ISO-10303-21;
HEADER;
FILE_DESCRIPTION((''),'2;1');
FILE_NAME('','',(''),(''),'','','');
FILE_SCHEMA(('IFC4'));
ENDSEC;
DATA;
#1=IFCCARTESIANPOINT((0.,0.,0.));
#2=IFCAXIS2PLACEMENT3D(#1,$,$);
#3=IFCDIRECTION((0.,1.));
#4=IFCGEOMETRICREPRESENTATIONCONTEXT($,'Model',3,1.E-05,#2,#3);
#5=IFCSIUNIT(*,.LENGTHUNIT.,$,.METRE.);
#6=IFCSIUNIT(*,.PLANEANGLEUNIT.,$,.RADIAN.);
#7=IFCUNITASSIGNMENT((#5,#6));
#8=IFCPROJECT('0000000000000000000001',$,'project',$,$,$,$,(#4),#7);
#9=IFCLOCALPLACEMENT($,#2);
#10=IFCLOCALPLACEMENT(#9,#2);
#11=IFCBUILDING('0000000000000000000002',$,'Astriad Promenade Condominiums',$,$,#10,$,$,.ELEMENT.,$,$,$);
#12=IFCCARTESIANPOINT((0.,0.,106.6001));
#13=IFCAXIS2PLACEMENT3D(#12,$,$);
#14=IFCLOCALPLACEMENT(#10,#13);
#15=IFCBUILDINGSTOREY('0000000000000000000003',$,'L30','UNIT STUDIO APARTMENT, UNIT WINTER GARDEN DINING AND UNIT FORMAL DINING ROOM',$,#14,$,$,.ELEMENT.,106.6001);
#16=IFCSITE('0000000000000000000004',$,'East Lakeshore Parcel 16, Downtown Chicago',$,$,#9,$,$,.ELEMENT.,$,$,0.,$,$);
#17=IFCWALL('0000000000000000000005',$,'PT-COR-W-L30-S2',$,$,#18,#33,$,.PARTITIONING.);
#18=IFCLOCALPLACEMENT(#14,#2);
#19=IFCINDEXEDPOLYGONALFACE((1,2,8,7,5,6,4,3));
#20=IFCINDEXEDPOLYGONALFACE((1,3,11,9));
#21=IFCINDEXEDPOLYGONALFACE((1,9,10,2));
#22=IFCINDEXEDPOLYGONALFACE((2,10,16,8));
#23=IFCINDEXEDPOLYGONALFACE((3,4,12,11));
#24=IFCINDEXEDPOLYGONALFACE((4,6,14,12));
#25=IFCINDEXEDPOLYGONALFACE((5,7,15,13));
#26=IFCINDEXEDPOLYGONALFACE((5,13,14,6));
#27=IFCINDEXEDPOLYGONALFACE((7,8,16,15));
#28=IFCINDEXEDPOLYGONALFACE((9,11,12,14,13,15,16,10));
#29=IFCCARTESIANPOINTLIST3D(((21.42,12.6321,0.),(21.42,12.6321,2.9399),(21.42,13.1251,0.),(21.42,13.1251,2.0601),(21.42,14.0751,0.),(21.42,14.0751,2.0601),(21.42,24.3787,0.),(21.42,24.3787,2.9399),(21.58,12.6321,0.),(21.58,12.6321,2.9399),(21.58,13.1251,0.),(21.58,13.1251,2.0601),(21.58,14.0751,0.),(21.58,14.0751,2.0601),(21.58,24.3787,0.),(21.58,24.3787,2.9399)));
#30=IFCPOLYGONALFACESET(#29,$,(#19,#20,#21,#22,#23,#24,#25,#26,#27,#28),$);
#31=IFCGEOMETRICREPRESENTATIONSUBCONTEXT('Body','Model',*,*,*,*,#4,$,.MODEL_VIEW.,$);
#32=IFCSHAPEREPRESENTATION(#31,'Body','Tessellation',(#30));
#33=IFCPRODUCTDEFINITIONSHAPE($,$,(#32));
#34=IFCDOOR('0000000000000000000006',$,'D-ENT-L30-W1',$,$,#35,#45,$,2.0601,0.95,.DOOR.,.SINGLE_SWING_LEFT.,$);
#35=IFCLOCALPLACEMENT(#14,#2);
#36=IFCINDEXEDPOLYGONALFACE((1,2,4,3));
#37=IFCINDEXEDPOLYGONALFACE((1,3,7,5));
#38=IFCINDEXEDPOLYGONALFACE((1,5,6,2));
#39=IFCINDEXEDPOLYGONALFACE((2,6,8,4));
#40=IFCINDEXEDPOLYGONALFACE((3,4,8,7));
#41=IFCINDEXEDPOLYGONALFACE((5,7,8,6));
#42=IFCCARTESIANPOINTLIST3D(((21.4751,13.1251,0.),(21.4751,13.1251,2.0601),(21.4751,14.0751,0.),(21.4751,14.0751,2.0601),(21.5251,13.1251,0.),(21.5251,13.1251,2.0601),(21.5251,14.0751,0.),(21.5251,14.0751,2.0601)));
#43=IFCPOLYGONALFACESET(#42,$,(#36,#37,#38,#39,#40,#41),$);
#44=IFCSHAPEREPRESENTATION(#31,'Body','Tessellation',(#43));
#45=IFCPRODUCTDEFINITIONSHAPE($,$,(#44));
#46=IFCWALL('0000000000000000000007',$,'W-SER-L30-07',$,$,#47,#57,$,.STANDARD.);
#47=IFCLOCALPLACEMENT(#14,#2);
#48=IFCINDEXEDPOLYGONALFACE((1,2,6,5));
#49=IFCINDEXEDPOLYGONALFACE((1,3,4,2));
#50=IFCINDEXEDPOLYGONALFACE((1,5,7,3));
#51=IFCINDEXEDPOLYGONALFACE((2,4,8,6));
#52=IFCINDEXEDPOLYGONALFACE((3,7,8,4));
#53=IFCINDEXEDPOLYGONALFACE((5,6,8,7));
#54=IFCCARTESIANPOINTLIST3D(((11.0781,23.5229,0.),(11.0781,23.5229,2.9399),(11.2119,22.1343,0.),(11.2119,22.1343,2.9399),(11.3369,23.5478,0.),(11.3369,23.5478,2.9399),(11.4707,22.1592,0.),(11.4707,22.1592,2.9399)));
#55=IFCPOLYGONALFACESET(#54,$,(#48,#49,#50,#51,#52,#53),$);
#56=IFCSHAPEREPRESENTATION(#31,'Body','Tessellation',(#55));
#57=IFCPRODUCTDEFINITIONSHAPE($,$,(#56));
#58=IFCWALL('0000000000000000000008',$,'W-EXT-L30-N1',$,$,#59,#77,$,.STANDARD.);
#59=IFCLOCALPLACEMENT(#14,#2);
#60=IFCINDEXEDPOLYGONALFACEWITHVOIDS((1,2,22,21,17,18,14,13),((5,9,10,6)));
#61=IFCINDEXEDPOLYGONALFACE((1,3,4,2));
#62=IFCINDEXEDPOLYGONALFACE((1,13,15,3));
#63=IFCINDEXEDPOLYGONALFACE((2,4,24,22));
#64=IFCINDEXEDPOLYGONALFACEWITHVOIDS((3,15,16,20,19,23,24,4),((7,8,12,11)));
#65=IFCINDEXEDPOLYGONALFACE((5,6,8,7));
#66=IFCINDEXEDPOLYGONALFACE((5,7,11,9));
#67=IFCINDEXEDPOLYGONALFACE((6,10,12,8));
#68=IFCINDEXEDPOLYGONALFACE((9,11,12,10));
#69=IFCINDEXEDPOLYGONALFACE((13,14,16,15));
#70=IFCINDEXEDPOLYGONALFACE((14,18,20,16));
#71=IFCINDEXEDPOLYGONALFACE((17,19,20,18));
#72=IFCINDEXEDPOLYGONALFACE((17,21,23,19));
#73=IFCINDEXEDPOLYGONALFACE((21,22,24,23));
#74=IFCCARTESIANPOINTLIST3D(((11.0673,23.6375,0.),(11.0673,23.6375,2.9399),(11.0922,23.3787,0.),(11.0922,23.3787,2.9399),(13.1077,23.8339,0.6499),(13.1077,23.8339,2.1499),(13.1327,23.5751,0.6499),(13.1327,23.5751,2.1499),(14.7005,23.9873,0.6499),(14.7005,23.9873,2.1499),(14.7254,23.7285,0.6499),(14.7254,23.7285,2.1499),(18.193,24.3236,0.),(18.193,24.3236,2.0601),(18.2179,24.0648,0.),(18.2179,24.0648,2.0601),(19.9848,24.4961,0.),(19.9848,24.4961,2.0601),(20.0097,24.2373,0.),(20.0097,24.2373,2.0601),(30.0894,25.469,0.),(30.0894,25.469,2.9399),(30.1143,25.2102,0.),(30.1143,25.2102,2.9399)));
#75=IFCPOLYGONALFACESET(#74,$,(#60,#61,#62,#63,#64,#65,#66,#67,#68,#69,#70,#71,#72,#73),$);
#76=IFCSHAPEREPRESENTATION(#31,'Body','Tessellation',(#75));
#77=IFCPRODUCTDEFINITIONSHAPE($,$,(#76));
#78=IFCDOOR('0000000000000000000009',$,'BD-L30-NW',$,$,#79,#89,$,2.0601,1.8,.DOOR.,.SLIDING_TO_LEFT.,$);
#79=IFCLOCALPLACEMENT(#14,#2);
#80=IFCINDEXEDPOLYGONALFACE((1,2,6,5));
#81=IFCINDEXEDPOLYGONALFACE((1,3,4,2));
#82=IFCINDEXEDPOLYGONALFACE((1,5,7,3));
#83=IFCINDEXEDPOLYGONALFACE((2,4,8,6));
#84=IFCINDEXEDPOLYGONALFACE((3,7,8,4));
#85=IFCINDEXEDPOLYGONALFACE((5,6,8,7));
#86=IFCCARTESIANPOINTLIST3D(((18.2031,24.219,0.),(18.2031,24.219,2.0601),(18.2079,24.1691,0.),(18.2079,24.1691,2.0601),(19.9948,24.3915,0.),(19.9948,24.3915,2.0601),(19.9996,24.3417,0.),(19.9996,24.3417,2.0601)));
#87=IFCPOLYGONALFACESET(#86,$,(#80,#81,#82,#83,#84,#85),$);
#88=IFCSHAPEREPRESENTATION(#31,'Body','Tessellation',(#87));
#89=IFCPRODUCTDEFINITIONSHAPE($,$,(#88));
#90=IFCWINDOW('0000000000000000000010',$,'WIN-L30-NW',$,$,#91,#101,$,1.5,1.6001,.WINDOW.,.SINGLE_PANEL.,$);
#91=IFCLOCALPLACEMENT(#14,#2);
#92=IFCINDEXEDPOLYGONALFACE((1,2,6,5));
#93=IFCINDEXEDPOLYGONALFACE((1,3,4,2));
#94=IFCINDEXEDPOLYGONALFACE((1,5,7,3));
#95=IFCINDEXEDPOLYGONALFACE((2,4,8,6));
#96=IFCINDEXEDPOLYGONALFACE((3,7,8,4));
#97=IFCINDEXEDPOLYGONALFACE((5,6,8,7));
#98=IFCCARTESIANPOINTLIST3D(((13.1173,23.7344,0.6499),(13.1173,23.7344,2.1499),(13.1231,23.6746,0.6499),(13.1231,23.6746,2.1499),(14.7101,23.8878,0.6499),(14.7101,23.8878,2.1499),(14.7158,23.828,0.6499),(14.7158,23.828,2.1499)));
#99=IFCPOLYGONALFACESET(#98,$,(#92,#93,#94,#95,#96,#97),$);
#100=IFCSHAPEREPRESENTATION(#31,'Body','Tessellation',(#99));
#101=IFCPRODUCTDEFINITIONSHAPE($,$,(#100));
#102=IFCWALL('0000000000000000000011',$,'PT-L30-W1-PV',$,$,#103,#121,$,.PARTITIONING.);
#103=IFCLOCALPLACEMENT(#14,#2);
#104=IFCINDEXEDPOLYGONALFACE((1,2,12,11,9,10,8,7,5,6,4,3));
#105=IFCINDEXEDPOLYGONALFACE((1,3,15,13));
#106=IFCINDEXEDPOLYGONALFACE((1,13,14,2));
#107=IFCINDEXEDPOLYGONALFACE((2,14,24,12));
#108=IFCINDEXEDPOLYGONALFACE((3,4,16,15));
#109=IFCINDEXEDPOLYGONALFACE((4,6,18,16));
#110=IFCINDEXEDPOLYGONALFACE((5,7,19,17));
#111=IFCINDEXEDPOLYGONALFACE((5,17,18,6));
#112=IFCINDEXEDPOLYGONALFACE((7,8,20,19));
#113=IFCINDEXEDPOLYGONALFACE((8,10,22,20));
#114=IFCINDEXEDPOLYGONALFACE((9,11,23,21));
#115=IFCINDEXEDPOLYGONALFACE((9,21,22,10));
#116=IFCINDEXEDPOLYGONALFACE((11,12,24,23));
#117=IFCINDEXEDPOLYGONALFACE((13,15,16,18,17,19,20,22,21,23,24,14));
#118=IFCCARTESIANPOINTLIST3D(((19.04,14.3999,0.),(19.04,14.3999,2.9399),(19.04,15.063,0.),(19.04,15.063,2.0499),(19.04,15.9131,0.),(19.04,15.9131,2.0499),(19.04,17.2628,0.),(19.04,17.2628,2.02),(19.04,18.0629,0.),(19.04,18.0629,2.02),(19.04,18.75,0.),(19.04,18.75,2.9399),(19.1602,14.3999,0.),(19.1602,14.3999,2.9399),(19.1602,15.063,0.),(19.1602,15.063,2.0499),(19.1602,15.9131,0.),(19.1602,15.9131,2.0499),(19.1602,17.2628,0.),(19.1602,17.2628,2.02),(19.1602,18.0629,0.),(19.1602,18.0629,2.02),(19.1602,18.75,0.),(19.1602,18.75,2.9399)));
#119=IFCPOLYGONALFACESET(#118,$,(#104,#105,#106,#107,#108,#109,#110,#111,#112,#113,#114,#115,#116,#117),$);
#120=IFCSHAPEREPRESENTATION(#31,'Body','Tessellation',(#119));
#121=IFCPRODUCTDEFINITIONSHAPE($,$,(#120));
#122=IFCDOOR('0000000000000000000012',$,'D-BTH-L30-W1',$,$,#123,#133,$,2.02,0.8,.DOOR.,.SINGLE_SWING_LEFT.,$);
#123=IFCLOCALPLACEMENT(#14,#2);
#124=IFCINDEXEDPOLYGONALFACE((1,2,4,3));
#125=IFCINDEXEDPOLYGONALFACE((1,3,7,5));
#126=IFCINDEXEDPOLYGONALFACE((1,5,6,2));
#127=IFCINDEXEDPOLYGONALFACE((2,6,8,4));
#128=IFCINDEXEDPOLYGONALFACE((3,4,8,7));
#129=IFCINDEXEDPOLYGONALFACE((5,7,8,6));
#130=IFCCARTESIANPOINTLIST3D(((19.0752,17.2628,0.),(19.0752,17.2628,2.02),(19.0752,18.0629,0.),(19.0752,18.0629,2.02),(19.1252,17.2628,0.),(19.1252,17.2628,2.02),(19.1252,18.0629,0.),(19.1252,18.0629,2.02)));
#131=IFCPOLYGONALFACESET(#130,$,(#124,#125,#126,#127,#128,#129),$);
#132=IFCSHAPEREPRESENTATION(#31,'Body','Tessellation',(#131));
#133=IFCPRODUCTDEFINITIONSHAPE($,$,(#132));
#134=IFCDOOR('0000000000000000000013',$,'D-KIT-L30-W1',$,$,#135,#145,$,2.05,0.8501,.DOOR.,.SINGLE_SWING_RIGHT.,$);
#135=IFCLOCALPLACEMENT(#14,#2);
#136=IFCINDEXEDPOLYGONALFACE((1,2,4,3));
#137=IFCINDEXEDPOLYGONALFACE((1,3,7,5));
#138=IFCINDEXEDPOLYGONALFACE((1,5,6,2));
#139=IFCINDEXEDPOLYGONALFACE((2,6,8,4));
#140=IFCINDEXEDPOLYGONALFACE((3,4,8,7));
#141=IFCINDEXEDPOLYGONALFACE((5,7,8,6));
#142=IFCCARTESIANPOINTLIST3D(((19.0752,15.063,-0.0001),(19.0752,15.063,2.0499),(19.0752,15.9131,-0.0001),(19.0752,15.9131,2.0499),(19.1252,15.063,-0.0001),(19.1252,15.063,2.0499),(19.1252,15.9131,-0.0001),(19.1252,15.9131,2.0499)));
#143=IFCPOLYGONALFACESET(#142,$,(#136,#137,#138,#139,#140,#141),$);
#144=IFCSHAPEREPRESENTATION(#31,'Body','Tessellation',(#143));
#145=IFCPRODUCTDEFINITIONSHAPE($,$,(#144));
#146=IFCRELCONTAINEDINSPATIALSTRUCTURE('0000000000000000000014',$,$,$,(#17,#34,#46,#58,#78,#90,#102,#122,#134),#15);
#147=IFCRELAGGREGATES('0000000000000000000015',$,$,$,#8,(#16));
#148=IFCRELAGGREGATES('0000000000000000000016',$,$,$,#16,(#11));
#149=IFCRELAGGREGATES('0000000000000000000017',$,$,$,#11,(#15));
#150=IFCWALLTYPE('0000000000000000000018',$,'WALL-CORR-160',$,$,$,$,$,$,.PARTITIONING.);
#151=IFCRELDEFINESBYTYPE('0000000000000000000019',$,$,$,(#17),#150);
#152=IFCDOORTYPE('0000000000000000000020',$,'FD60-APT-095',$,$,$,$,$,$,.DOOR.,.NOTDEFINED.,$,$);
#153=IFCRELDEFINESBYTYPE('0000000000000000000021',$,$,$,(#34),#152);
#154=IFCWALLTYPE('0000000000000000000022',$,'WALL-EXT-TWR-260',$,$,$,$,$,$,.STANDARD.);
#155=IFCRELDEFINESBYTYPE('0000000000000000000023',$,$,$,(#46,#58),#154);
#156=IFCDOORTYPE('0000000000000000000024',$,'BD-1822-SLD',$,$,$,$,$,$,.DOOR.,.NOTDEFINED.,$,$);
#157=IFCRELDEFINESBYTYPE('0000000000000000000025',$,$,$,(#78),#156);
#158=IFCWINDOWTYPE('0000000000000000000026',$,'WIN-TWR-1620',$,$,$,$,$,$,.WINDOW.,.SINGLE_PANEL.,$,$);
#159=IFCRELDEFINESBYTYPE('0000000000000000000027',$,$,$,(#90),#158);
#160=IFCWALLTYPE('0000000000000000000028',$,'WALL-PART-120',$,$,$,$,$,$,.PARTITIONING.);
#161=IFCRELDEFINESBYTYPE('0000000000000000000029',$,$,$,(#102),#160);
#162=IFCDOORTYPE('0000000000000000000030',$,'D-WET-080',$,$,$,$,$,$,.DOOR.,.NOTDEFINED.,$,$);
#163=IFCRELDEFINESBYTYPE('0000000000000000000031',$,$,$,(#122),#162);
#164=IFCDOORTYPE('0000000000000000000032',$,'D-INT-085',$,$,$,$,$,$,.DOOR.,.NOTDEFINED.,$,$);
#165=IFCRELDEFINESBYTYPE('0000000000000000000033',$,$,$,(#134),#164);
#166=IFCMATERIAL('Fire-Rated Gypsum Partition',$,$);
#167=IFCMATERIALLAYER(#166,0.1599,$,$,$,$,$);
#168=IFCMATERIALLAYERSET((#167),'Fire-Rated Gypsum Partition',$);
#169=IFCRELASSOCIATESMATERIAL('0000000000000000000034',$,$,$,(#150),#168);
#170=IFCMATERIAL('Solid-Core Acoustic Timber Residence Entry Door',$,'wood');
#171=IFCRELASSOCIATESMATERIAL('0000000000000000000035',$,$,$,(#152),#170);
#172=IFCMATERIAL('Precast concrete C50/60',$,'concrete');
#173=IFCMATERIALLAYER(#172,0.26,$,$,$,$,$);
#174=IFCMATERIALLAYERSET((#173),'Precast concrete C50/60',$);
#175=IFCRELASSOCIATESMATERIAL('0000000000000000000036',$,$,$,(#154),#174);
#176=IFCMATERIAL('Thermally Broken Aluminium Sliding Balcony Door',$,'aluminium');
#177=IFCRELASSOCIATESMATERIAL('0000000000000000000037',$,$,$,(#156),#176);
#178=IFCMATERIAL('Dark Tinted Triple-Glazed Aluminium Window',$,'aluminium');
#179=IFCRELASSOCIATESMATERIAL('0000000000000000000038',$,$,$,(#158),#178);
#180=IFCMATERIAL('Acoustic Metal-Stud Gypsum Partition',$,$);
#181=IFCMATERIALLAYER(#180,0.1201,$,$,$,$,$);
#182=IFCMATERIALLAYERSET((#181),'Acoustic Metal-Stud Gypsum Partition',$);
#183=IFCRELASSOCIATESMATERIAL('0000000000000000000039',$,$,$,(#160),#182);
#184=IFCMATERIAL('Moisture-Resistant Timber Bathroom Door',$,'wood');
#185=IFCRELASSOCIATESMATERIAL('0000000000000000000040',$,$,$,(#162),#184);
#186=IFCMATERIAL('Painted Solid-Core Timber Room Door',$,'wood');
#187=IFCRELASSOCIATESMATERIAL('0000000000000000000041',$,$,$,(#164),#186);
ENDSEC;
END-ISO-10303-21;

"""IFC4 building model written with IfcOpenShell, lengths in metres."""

from ifc_helpers import new_model, si_unit, direction, frame, frame_2d, origin, place, context, subcontext, project, spatial, rectangle, extrude, source, transform, mapped, material, layer, layer_set, type_object, type_shapes, element, fill, save


model = new_model("IFC4")

# Units and contexts
model_context = context("Model", 3, precision=1e-05, world=origin(), true_north=direction((0.0, 1.0)))
body_context = subcontext(model_context, "Body", "Model", "MODEL_VIEW")
ifc_project = project(units=[si_unit("LENGTHUNIT", "METRE"), si_unit("PLANEANGLEUNIT", "RADIAN")], contexts=[model_context])

# Site, building, storey
site_placement = place(None, origin())
site = spatial("IfcSite", under=ifc_project, at=site_placement, Name="East Lakeshore Parcel 16, Downtown Chicago", CompositionType="ELEMENT", RefElevation=0.0)
building_placement = place(site_placement, origin())
building = spatial("IfcBuilding", under=site, at=building_placement, Name="Astriad Promenade Condominiums", CompositionType="ELEMENT")
storey_placement = place(building_placement, frame((0.0, 0.0, 106.6001)))
storey = spatial("IfcBuildingStorey", under=building, at=storey_placement, Name="L30", Description="UNIT STUDIO APARTMENT, UNIT WINTER GARDEN DINING AND UNIT FORMAL DINING ROOM", CompositionType="ELEMENT", Elevation=106.6001)

# Shared definitions
ifc_material_1 = material(Name="Fire-Rated Gypsum Partition")
ifc_layer_1 = layer(ifc_material_1, 0.1599)
ifc_layer_set_1 = layer_set([ifc_layer_1], Name="Fire-Rated Gypsum Partition")
wall_type_1 = type_object("IfcWallType", Name="WALL-CORR-160", PredefinedType="PARTITIONING", material=ifc_layer_set_1)
ifc_material_2 = material(Name="Solid-Core Acoustic Timber Residence Entry Door", Category="wood")
door_type_1 = type_object("IfcDoorType", Name="FD60-APT-095", OperationType="NOTDEFINED", PredefinedType="DOOR", material=ifc_material_2)
shared_shape_1 = source(origin(), body_context, "Body", "SweptSolid", [
    extrude(rectangle(XDim=0.95, YDim=2.0601, at=frame_2d((0.4751, 1.03))), frame((0.0, 0.0249, 0.0), z_axis=(0.0, -1.0, 0.0), x_axis=(1.0, 0.0, 0.0)), (0.0, 0.0, 1.0), 0.05),
])
type_shapes(door_type_1, [shared_shape_1])

# Wall, opening, door
wall_1_placement = place(storey_placement, frame((21.5, 12.6321, 0.0), z_axis=(0.0, 0.0, 1.0), x_axis=(0.0, 1.0, 0.0)))
wall_1 = element("IfcWall", 1, at=wall_1_placement, inside=storey, type_object=wall_type_1, Name="PT-COR-W-L30-S2", PredefinedType="PARTITIONING", context=body_context, shape_type="SweptSolid", body=[
    extrude(rectangle(XDim=11.7466, YDim=0.1599, at=frame_2d((5.8733, 0.0))), origin(), (0.0, 0.0, 1.0), 2.9399),
])
opening_1_placement = place(wall_1_placement, frame((0.4929, 0.0, 0.0)))
opening_1 = element("IfcOpeningElement", 2, at=opening_1_placement, cuts=wall_1, PredefinedType="OPENING", context=body_context, shape_type="SweptSolid", body=[
    extrude(rectangle(XDim=0.95, YDim=2.0601, at=frame_2d((0.4751, 1.03))), frame((0.0, 0.0898, 0.0), z_axis=(0.0, -1.0, 0.0), x_axis=(1.0, 0.0, 0.0)), (0.0, 0.0, 1.0), 0.1799),
])
door_1_placement = place(opening_1_placement, origin())
door_1 = element("IfcDoor", 3, at=door_1_placement, inside=storey, type_object=door_type_1, Name="D-ENT-L30-W1", OperationType="SINGLE_SWING_LEFT", OverallHeight=2.0601, OverallWidth=0.95, PredefinedType="DOOR", context=body_context, shape_type="MappedRepresentation", body=[
    mapped(shared_shape_1, transform((0.0, 0.0, 0.0), scale=1.0)),
])
fill(opening_1, door_1)

# Wall
ifc_material_3 = material(Name="Precast concrete C50/60", Category="concrete")
ifc_layer_2 = layer(ifc_material_3, 0.26)
ifc_layer_set_2 = layer_set([ifc_layer_2], Name="Precast concrete C50/60")
wall_type_2 = type_object("IfcWallType", Name="WALL-EXT-TWR-260", PredefinedType="STANDARD", material=ifc_layer_set_2)
wall_2_placement = place(storey_placement, frame((11.3413, 22.1467, 0.0), z_axis=(0.0, 0.0, 1.0), x_axis=(-0.095899, 0.995391, 0.0)))
element("IfcWall", 4, at=wall_2_placement, inside=storey, type_object=wall_type_2, Name="W-SER-L30-07", PredefinedType="STANDARD", context=body_context, shape_type="SweptSolid", body=[
    extrude(rectangle(XDim=1.395, YDim=0.26, at=frame_2d((0.6975, 0.0))), origin(), (0.0, 0.0, 1.0), 2.9399),
])

# Wall, openings, door, window
wall_3_placement = place(storey_placement, frame((11.0796, 23.5081, 0.0), z_axis=(0.0, 0.0, 1.0), x_axis=(0.995397, 0.095841, 0.0)))
wall_3 = element("IfcWall", 5, at=wall_3_placement, inside=storey, type_object=wall_type_2, Name="W-EXT-L30-N1", PredefinedType="STANDARD", context=body_context, shape_type="SweptSolid", body=[
    extrude(rectangle(XDim=19.1101, YDim=0.26, at=frame_2d((9.5552, 0.0))), origin(), (0.0, 0.0, 1.0), 2.9399),
])
opening_2_placement = place(wall_3_placement, frame((7.1589, 0.0, 0.0)))
opening_2 = element("IfcOpeningElement", 6, at=opening_2_placement, cuts=wall_3, PredefinedType="OPENING", context=body_context, shape_type="SweptSolid", body=[
    extrude(rectangle(XDim=1.8, YDim=2.0601, at=frame_2d((0.8999, 1.03))), frame((0.0, 0.1399, 0.0), z_axis=(0.0, -1.0, 0.0), x_axis=(1.0, 0.0, 0.0)), (0.0, 0.0, 1.0), 0.28),
])
opening_3_placement = place(wall_3_placement, frame((2.05, 0.0, 0.6499)))
opening_3 = element("IfcOpeningElement", 7, at=opening_3_placement, cuts=wall_3, PredefinedType="OPENING", context=body_context, shape_type="SweptSolid", body=[
    extrude(rectangle(XDim=1.6001, YDim=1.5, at=frame_2d((0.8, 0.75))), frame((0.0, 0.1399, 0.0), z_axis=(0.0, -1.0, 0.0), x_axis=(1.0, 0.0, 0.0)), (0.0, 0.0, 1.0), 0.28),
])
ifc_material_4 = material(Name="Thermally Broken Aluminium Sliding Balcony Door", Category="aluminium")
door_type_2 = type_object("IfcDoorType", Name="BD-1822-SLD", OperationType="NOTDEFINED", PredefinedType="DOOR", material=ifc_material_4)
shared_shape_2 = source(origin(), body_context, "Body", "SweptSolid", [
    extrude(rectangle(XDim=1.8, YDim=2.0601, at=frame_2d((0.8999, 1.03))), frame((0.0, 0.0249, 0.0), z_axis=(0.0, -1.0, 0.0), x_axis=(1.0, 0.0, 0.0)), (0.0, 0.0, 1.0), 0.05),
])
type_shapes(door_type_2, [shared_shape_2])
door_2_placement = place(opening_2_placement, origin())
door_2 = element("IfcDoor", 8, at=door_2_placement, inside=storey, type_object=door_type_2, Name="BD-L30-NW", OperationType="SLIDING_TO_LEFT", OverallHeight=2.0601, OverallWidth=1.8, PredefinedType="DOOR", context=body_context, shape_type="MappedRepresentation", body=[
    mapped(shared_shape_2, transform((0.0, 0.0, 0.0), scale=1.0)),
])
fill(opening_2, door_2)
ifc_material_5 = material(Name="Dark Tinted Triple-Glazed Aluminium Window", Category="aluminium")
window_type = type_object("IfcWindowType", Name="WIN-TWR-1620", PartitioningType="SINGLE_PANEL", PredefinedType="WINDOW", material=ifc_material_5)
shared_shape_3 = source(origin(), body_context, "Body", "SweptSolid", [
    extrude(rectangle(XDim=1.6001, YDim=1.5, at=frame_2d((0.8, 0.75))), frame((0.0, 0.03, 0.0), z_axis=(0.0, -1.0, 0.0), x_axis=(1.0, 0.0, 0.0)), (0.0, 0.0, 1.0), 0.0601),
])
type_shapes(window_type, [shared_shape_3])
window_placement = place(opening_3_placement, origin())
window = element("IfcWindow", 9, at=window_placement, inside=storey, type_object=window_type, Name="WIN-L30-NW", OverallHeight=1.5, OverallWidth=1.6001, PartitioningType="SINGLE_PANEL", PredefinedType="WINDOW", context=body_context, shape_type="MappedRepresentation", body=[
    mapped(shared_shape_3, transform((0.0, 0.0, 0.0), scale=1.0)),
])
fill(opening_3, window)

# Wall, openings, doors
ifc_material_6 = material(Name="Acoustic Metal-Stud Gypsum Partition")
ifc_layer_3 = layer(ifc_material_6, 0.1201)
ifc_layer_set_3 = layer_set([ifc_layer_3], Name="Acoustic Metal-Stud Gypsum Partition")
wall_type_3 = type_object("IfcWallType", Name="WALL-PART-120", PredefinedType="PARTITIONING", material=ifc_layer_set_3)
wall_4_placement = place(storey_placement, frame((19.1001, 14.3999, 0.0), z_axis=(0.0, 0.0, 1.0), x_axis=(0.0, 1.0, 0.0)))
wall_4 = element("IfcWall", 10, at=wall_4_placement, inside=storey, type_object=wall_type_3, Name="PT-L30-W1-PV", PredefinedType="PARTITIONING", context=body_context, shape_type="SweptSolid", body=[
    extrude(rectangle(XDim=4.3501, YDim=0.1201, at=frame_2d((2.175, 0.0))), origin(), (0.0, 0.0, 1.0), 2.9399),
])
opening_4_placement = place(wall_4_placement, frame((0.6631, 0.0, 0.0)))
opening_4 = element("IfcOpeningElement", 11, at=opening_4_placement, cuts=wall_4, PredefinedType="OPENING", context=body_context, shape_type="SweptSolid", body=[
    extrude(rectangle(XDim=0.8501, YDim=2.05, at=frame_2d((0.425, 1.0249))), frame((0.0, 0.0701, 0.0), z_axis=(0.0, -1.0, 0.0), x_axis=(1.0, 0.0, 0.0)), (0.0, 0.0, 1.0), 0.1401),
])
opening_5_placement = place(wall_4_placement, frame((2.863, 0.0, 0.0)))
opening_5 = element("IfcOpeningElement", 12, at=opening_5_placement, cuts=wall_4, PredefinedType="OPENING", context=body_context, shape_type="SweptSolid", body=[
    extrude(rectangle(XDim=0.8, YDim=2.02, at=frame_2d((0.3999, 1.01))), frame((0.0, 0.0701, 0.0), z_axis=(0.0, -1.0, 0.0), x_axis=(1.0, 0.0, 0.0)), (0.0, 0.0, 1.0), 0.1401),
])
ifc_material_7 = material(Name="Moisture-Resistant Timber Bathroom Door", Category="wood")
door_type_3 = type_object("IfcDoorType", Name="D-WET-080", OperationType="NOTDEFINED", PredefinedType="DOOR", material=ifc_material_7)
shared_shape_4 = source(origin(), body_context, "Body", "SweptSolid", [
    extrude(rectangle(XDim=0.8, YDim=2.02, at=frame_2d((0.3999, 1.01))), frame((0.0, 0.0249, 0.0), z_axis=(0.0, -1.0, 0.0), x_axis=(1.0, 0.0, 0.0)), (0.0, 0.0, 1.0), 0.05),
])
type_shapes(door_type_3, [shared_shape_4])
door_3_placement = place(opening_5_placement, origin())
door_3 = element("IfcDoor", 13, at=door_3_placement, inside=storey, type_object=door_type_3, Name="D-BTH-L30-W1", OperationType="SINGLE_SWING_LEFT", OverallHeight=2.02, OverallWidth=0.8, PredefinedType="DOOR", context=body_context, shape_type="MappedRepresentation", body=[
    mapped(shared_shape_4, transform((0.0, 0.0, 0.0), scale=1.0)),
])
fill(opening_5, door_3)
ifc_material_8 = material(Name="Painted Solid-Core Timber Room Door", Category="wood")
door_type_4 = type_object("IfcDoorType", Name="D-INT-085", OperationType="NOTDEFINED", PredefinedType="DOOR", material=ifc_material_8)
shared_shape_5 = source(origin(), body_context, "Body", "SweptSolid", [
    extrude(rectangle(XDim=0.8501, YDim=2.05, at=frame_2d((0.425, 1.0249))), frame((0.0, 0.0249, 0.0), z_axis=(0.0, -1.0, 0.0), x_axis=(1.0, 0.0, 0.0)), (0.0, 0.0, 1.0), 0.05),
])
type_shapes(door_type_4, [shared_shape_5])
door_4_placement = place(opening_4_placement, origin())
door_4 = element("IfcDoor", 14, at=door_4_placement, inside=storey, type_object=door_type_4, Name="D-KIT-L30-W1", OperationType="SINGLE_SWING_RIGHT", OverallHeight=2.05, OverallWidth=0.8501, PredefinedType="DOOR", context=body_context, shape_type="MappedRepresentation", body=[
    mapped(shared_shape_5, transform((0.0, 0.0, 0.0), scale=1.0)),
])
fill(opening_4, door_4)

save(model, "model.ifc")
